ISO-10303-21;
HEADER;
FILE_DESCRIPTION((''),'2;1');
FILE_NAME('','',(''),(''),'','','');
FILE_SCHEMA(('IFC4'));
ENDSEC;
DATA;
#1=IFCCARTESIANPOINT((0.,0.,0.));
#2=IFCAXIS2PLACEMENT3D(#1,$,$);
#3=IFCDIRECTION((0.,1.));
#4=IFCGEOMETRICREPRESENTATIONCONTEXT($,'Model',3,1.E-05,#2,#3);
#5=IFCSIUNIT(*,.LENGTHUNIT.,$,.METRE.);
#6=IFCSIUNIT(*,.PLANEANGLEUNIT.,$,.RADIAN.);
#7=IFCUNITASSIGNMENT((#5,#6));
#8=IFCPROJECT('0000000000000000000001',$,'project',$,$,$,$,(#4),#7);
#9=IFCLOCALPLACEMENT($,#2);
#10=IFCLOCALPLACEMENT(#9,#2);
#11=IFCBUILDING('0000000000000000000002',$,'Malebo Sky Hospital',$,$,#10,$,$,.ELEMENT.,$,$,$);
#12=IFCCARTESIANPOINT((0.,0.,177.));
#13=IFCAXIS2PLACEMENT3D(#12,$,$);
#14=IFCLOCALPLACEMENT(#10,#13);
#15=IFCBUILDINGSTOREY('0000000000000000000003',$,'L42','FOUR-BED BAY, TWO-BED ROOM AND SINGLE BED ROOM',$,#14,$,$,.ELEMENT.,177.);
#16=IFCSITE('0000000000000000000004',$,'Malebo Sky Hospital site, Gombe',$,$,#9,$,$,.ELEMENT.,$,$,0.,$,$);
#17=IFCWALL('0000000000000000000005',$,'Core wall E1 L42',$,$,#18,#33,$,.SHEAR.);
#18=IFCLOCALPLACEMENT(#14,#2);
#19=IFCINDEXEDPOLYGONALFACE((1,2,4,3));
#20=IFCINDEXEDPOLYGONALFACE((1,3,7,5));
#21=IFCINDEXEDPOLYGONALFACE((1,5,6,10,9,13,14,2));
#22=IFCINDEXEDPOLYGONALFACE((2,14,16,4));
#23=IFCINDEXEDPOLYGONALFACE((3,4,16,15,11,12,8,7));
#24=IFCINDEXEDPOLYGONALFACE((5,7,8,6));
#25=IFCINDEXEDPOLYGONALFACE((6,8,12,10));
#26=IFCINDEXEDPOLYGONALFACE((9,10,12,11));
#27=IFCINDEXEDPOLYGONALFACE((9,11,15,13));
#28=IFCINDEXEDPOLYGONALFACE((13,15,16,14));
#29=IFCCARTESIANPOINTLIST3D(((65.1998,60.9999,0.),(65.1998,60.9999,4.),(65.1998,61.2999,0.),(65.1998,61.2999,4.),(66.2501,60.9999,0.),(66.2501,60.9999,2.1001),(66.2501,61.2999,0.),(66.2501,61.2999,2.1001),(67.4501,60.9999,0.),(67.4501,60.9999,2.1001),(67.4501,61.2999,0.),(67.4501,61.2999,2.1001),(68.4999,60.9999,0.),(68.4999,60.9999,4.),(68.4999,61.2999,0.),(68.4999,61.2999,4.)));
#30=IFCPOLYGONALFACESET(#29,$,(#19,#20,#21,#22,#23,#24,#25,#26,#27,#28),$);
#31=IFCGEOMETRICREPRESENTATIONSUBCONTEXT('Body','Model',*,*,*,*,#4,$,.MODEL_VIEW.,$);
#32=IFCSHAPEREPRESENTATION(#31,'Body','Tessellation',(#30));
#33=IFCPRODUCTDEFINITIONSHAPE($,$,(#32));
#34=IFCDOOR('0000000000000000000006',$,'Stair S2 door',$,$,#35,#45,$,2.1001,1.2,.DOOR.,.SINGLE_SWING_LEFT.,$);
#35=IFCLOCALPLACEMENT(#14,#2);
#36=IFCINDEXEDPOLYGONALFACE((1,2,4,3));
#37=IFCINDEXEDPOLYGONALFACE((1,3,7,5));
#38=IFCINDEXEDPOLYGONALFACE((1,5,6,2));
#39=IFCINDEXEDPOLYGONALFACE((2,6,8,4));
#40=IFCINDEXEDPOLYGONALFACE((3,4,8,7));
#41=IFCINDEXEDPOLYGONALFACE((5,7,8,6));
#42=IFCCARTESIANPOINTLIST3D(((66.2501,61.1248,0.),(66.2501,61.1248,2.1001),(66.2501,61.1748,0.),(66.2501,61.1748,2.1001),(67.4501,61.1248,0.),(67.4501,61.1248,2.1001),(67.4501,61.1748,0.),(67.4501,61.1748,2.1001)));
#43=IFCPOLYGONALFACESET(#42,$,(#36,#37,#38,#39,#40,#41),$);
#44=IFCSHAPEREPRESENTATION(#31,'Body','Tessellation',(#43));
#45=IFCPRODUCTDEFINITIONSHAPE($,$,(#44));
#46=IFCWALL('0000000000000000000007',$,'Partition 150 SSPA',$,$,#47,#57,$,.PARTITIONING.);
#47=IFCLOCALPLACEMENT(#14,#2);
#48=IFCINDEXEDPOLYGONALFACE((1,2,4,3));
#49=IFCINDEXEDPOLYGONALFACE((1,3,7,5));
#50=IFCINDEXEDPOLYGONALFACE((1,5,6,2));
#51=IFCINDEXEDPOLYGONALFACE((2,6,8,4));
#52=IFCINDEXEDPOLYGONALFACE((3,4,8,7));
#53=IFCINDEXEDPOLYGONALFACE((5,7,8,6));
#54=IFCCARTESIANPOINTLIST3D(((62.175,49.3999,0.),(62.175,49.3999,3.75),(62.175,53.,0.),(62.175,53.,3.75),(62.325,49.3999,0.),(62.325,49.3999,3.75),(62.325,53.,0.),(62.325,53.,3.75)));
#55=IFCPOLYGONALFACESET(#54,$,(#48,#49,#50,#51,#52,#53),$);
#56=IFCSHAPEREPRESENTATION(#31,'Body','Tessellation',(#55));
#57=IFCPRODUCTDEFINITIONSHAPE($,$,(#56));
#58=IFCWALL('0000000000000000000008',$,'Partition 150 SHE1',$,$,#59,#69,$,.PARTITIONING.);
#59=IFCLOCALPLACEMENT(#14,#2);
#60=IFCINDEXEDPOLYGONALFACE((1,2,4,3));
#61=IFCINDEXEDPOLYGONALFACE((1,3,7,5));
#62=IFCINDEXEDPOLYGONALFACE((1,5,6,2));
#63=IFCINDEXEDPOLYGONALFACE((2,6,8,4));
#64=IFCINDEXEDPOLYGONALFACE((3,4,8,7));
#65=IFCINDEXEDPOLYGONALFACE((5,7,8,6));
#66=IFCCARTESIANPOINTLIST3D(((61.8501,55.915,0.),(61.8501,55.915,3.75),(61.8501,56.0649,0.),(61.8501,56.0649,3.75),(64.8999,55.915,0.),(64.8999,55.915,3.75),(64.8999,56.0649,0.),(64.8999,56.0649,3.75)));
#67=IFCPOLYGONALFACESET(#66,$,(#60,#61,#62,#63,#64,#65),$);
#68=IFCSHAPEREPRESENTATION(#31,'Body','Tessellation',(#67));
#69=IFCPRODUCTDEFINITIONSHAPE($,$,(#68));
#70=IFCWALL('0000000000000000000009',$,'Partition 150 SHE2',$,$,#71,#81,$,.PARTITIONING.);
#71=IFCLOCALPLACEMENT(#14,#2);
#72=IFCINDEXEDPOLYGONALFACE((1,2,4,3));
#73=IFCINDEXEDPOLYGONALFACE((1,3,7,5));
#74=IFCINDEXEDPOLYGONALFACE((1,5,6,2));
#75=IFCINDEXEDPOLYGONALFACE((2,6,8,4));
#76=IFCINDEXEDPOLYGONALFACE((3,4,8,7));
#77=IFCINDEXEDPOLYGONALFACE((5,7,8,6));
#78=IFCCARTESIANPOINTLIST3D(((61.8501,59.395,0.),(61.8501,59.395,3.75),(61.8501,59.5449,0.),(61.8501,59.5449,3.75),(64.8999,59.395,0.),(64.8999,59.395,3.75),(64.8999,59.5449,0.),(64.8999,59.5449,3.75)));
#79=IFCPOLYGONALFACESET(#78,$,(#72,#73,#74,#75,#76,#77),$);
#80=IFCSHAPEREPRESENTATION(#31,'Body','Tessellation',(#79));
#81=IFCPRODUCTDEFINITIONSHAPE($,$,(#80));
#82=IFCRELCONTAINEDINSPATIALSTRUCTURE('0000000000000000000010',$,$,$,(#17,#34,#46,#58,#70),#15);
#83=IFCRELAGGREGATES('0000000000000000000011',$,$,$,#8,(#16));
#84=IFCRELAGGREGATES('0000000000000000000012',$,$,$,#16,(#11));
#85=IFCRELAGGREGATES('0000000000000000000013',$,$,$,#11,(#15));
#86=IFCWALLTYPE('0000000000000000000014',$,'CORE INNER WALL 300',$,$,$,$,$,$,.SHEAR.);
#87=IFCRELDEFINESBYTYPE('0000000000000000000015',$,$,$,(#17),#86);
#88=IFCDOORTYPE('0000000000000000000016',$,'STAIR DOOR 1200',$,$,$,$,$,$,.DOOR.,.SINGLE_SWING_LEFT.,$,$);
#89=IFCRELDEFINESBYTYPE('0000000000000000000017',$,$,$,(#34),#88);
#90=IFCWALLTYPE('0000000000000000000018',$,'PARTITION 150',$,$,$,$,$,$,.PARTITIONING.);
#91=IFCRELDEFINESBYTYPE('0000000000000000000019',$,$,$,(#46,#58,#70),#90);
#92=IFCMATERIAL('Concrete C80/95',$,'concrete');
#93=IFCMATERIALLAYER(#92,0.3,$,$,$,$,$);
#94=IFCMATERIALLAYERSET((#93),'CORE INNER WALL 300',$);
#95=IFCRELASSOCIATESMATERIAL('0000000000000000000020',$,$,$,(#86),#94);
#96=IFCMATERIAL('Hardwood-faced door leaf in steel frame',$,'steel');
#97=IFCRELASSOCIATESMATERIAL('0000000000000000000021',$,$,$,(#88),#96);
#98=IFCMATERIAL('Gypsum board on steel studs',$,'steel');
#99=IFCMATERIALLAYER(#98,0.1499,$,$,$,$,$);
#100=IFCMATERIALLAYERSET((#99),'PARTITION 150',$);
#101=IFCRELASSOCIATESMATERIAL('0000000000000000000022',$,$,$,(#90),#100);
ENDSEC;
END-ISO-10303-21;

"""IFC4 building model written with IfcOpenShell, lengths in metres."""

from ifc_helpers import new_model, si_unit, direction, frame, frame_2d, origin, place, context, subcontext, project, spatial, rectangle, extrude, material, layer, layer_set, type_object, element, fill, save


model = new_model("IFC4")

# Units and contexts
model_context = context("Model", 3, precision=1e-05, world=origin(), true_north=direction((0.0, 1.0)))
body_context = subcontext(model_context, "Body", "Model", "MODEL_VIEW")
ifc_project = project(units=[si_unit("LENGTHUNIT", "METRE"), si_unit("PLANEANGLEUNIT", "RADIAN")], contexts=[model_context])

# Site, building, storey
site_placement = place(None, origin())
site = spatial("IfcSite", under=ifc_project, at=site_placement, Name="Malebo Sky Hospital site, Gombe", CompositionType="ELEMENT", RefElevation=0.0)
building_placement = place(site_placement, origin())
building = spatial("IfcBuilding", under=site, at=building_placement, Name="Malebo Sky Hospital", CompositionType="ELEMENT")
storey_placement = place(building_placement, frame((0.0, 0.0, 177.0)))
storey = spatial("IfcBuildingStorey", under=building, at=storey_placement, Name="L42", Description="FOUR-BED BAY, TWO-BED ROOM AND SINGLE BED ROOM", CompositionType="ELEMENT", Elevation=177.0)

# Shared definitions
ifc_material_1 = material(Name="Concrete C80/95", Category="concrete")
ifc_material_2 = material(Name="Hardwood-faced door leaf in steel frame", Category="steel")

# Shared definitions
ifc_layer_1 = layer(ifc_material_1, 0.3)
ifc_layer_set_1 = layer_set([ifc_layer_1], Name="CORE INNER WALL 300")
wall_type_1 = type_object("IfcWallType", Name="CORE INNER WALL 300", PredefinedType="SHEAR", material=ifc_layer_set_1)

# Wall, opening, door
wall_1_placement = place(storey_placement, frame((65.2, 61.1499, 0.0), z_axis=(0.0, 0.0, 1.0), x_axis=(1.0, 0.0, 0.0)))
wall_1 = element("IfcWall", 1, at=wall_1_placement, inside=storey, type_object=wall_type_1, Name="Core wall E1 L42", PredefinedType="SHEAR", context=body_context, shape_type="SweptSolid", body=[
    extrude(rectangle(XDim=3.3, YDim=0.3, at=frame_2d((1.6499, 0.0))), origin(), (0.0, 0.0, 1.0), 4.0),
])
opening_1_placement = place(wall_1_placement, frame((1.05, 0.0, 0.0)))
opening_1 = element("IfcOpeningElement", 2, at=opening_1_placement, cuts=wall_1, PredefinedType="OPENING", context=body_context, shape_type="SweptSolid", body=[
    extrude(rectangle(XDim=1.2, YDim=2.1001, at=frame_2d((0.6001, 1.05))), frame((0.0, 0.1599, 0.0), z_axis=(0.0, -1.0, 0.0), x_axis=(1.0, 0.0, 0.0)), (0.0, 0.0, 1.0), 0.3201),
])
door_type_1 = type_object("IfcDoorType", Name="STAIR DOOR 1200", OperationType="SINGLE_SWING_LEFT", PredefinedType="DOOR", material=ifc_material_2)
door_1_placement = place(opening_1_placement, origin())
door_1 = element("IfcDoor", 3, at=door_1_placement, inside=storey, type_object=door_type_1, Name="Stair S2 door", OperationType="SINGLE_SWING_LEFT", OverallHeight=2.1001, OverallWidth=1.2, PredefinedType="DOOR", context=body_context, shape_type="SweptSolid", body=[
    extrude(rectangle(XDim=1.2, YDim=2.1001, at=frame_2d((0.6001, 1.05))), frame((0.0, 0.0249, 0.0), z_axis=(0.0, -1.0, 0.0), x_axis=(1.0, 0.0, 0.0)), (0.0, 0.0, 1.0), 0.05),
])
fill(opening_1, door_1)

# Walls
ifc_material_3 = material(Name="Gypsum board on steel studs", Category="steel")
ifc_layer_2 = layer(ifc_material_3, 0.1499)
ifc_layer_set_2 = layer_set([ifc_layer_2], Name="PARTITION 150")
wall_type_2 = type_object("IfcWallType", Name="PARTITION 150", PredefinedType="PARTITIONING", material=ifc_layer_set_2)
wall_2_placement = place(storey_placement, frame((62.25, 53.0, 0.0), z_axis=(0.0, 0.0, 1.0), x_axis=(0.0, -1.0, 0.0)))
element("IfcWall", 4, at=wall_2_placement, inside=storey, type_object=wall_type_2, Name="Partition 150 SSPA", PredefinedType="PARTITIONING", context=body_context, shape_type="SweptSolid", body=[
    extrude(rectangle(XDim=3.6001, YDim=0.1499, at=frame_2d((1.8, 0.0))), origin(), (0.0, 0.0, 1.0), 3.75),
])
for number, where, z_axis, x_axis, name in (
    (5, (61.8501, 55.99, 0.0), (0.0, 0.0, 1.0), (1.0, 0.0, 0.0), "Partition 150 SHE1"),
    (6, (61.8501, 59.47, 0.0), (0.0, 0.0, 1.0), (1.0, 0.0, 0.0), "Partition 150 SHE2"),
):
    element("IfcWall", number, at=place(storey_placement, frame(where, z_axis=z_axis, x_axis=x_axis)), inside=storey, type_object=wall_type_2, Name=name, PredefinedType="PARTITIONING", context=body_context, shape_type="SweptSolid", body=[
        extrude(rectangle(XDim=3.0498, YDim=0.1499, at=frame_2d((1.5249, 0.0))), origin(), (0.0, 0.0, 1.0), 3.75),
    ])

save(model, "model.ifc")
